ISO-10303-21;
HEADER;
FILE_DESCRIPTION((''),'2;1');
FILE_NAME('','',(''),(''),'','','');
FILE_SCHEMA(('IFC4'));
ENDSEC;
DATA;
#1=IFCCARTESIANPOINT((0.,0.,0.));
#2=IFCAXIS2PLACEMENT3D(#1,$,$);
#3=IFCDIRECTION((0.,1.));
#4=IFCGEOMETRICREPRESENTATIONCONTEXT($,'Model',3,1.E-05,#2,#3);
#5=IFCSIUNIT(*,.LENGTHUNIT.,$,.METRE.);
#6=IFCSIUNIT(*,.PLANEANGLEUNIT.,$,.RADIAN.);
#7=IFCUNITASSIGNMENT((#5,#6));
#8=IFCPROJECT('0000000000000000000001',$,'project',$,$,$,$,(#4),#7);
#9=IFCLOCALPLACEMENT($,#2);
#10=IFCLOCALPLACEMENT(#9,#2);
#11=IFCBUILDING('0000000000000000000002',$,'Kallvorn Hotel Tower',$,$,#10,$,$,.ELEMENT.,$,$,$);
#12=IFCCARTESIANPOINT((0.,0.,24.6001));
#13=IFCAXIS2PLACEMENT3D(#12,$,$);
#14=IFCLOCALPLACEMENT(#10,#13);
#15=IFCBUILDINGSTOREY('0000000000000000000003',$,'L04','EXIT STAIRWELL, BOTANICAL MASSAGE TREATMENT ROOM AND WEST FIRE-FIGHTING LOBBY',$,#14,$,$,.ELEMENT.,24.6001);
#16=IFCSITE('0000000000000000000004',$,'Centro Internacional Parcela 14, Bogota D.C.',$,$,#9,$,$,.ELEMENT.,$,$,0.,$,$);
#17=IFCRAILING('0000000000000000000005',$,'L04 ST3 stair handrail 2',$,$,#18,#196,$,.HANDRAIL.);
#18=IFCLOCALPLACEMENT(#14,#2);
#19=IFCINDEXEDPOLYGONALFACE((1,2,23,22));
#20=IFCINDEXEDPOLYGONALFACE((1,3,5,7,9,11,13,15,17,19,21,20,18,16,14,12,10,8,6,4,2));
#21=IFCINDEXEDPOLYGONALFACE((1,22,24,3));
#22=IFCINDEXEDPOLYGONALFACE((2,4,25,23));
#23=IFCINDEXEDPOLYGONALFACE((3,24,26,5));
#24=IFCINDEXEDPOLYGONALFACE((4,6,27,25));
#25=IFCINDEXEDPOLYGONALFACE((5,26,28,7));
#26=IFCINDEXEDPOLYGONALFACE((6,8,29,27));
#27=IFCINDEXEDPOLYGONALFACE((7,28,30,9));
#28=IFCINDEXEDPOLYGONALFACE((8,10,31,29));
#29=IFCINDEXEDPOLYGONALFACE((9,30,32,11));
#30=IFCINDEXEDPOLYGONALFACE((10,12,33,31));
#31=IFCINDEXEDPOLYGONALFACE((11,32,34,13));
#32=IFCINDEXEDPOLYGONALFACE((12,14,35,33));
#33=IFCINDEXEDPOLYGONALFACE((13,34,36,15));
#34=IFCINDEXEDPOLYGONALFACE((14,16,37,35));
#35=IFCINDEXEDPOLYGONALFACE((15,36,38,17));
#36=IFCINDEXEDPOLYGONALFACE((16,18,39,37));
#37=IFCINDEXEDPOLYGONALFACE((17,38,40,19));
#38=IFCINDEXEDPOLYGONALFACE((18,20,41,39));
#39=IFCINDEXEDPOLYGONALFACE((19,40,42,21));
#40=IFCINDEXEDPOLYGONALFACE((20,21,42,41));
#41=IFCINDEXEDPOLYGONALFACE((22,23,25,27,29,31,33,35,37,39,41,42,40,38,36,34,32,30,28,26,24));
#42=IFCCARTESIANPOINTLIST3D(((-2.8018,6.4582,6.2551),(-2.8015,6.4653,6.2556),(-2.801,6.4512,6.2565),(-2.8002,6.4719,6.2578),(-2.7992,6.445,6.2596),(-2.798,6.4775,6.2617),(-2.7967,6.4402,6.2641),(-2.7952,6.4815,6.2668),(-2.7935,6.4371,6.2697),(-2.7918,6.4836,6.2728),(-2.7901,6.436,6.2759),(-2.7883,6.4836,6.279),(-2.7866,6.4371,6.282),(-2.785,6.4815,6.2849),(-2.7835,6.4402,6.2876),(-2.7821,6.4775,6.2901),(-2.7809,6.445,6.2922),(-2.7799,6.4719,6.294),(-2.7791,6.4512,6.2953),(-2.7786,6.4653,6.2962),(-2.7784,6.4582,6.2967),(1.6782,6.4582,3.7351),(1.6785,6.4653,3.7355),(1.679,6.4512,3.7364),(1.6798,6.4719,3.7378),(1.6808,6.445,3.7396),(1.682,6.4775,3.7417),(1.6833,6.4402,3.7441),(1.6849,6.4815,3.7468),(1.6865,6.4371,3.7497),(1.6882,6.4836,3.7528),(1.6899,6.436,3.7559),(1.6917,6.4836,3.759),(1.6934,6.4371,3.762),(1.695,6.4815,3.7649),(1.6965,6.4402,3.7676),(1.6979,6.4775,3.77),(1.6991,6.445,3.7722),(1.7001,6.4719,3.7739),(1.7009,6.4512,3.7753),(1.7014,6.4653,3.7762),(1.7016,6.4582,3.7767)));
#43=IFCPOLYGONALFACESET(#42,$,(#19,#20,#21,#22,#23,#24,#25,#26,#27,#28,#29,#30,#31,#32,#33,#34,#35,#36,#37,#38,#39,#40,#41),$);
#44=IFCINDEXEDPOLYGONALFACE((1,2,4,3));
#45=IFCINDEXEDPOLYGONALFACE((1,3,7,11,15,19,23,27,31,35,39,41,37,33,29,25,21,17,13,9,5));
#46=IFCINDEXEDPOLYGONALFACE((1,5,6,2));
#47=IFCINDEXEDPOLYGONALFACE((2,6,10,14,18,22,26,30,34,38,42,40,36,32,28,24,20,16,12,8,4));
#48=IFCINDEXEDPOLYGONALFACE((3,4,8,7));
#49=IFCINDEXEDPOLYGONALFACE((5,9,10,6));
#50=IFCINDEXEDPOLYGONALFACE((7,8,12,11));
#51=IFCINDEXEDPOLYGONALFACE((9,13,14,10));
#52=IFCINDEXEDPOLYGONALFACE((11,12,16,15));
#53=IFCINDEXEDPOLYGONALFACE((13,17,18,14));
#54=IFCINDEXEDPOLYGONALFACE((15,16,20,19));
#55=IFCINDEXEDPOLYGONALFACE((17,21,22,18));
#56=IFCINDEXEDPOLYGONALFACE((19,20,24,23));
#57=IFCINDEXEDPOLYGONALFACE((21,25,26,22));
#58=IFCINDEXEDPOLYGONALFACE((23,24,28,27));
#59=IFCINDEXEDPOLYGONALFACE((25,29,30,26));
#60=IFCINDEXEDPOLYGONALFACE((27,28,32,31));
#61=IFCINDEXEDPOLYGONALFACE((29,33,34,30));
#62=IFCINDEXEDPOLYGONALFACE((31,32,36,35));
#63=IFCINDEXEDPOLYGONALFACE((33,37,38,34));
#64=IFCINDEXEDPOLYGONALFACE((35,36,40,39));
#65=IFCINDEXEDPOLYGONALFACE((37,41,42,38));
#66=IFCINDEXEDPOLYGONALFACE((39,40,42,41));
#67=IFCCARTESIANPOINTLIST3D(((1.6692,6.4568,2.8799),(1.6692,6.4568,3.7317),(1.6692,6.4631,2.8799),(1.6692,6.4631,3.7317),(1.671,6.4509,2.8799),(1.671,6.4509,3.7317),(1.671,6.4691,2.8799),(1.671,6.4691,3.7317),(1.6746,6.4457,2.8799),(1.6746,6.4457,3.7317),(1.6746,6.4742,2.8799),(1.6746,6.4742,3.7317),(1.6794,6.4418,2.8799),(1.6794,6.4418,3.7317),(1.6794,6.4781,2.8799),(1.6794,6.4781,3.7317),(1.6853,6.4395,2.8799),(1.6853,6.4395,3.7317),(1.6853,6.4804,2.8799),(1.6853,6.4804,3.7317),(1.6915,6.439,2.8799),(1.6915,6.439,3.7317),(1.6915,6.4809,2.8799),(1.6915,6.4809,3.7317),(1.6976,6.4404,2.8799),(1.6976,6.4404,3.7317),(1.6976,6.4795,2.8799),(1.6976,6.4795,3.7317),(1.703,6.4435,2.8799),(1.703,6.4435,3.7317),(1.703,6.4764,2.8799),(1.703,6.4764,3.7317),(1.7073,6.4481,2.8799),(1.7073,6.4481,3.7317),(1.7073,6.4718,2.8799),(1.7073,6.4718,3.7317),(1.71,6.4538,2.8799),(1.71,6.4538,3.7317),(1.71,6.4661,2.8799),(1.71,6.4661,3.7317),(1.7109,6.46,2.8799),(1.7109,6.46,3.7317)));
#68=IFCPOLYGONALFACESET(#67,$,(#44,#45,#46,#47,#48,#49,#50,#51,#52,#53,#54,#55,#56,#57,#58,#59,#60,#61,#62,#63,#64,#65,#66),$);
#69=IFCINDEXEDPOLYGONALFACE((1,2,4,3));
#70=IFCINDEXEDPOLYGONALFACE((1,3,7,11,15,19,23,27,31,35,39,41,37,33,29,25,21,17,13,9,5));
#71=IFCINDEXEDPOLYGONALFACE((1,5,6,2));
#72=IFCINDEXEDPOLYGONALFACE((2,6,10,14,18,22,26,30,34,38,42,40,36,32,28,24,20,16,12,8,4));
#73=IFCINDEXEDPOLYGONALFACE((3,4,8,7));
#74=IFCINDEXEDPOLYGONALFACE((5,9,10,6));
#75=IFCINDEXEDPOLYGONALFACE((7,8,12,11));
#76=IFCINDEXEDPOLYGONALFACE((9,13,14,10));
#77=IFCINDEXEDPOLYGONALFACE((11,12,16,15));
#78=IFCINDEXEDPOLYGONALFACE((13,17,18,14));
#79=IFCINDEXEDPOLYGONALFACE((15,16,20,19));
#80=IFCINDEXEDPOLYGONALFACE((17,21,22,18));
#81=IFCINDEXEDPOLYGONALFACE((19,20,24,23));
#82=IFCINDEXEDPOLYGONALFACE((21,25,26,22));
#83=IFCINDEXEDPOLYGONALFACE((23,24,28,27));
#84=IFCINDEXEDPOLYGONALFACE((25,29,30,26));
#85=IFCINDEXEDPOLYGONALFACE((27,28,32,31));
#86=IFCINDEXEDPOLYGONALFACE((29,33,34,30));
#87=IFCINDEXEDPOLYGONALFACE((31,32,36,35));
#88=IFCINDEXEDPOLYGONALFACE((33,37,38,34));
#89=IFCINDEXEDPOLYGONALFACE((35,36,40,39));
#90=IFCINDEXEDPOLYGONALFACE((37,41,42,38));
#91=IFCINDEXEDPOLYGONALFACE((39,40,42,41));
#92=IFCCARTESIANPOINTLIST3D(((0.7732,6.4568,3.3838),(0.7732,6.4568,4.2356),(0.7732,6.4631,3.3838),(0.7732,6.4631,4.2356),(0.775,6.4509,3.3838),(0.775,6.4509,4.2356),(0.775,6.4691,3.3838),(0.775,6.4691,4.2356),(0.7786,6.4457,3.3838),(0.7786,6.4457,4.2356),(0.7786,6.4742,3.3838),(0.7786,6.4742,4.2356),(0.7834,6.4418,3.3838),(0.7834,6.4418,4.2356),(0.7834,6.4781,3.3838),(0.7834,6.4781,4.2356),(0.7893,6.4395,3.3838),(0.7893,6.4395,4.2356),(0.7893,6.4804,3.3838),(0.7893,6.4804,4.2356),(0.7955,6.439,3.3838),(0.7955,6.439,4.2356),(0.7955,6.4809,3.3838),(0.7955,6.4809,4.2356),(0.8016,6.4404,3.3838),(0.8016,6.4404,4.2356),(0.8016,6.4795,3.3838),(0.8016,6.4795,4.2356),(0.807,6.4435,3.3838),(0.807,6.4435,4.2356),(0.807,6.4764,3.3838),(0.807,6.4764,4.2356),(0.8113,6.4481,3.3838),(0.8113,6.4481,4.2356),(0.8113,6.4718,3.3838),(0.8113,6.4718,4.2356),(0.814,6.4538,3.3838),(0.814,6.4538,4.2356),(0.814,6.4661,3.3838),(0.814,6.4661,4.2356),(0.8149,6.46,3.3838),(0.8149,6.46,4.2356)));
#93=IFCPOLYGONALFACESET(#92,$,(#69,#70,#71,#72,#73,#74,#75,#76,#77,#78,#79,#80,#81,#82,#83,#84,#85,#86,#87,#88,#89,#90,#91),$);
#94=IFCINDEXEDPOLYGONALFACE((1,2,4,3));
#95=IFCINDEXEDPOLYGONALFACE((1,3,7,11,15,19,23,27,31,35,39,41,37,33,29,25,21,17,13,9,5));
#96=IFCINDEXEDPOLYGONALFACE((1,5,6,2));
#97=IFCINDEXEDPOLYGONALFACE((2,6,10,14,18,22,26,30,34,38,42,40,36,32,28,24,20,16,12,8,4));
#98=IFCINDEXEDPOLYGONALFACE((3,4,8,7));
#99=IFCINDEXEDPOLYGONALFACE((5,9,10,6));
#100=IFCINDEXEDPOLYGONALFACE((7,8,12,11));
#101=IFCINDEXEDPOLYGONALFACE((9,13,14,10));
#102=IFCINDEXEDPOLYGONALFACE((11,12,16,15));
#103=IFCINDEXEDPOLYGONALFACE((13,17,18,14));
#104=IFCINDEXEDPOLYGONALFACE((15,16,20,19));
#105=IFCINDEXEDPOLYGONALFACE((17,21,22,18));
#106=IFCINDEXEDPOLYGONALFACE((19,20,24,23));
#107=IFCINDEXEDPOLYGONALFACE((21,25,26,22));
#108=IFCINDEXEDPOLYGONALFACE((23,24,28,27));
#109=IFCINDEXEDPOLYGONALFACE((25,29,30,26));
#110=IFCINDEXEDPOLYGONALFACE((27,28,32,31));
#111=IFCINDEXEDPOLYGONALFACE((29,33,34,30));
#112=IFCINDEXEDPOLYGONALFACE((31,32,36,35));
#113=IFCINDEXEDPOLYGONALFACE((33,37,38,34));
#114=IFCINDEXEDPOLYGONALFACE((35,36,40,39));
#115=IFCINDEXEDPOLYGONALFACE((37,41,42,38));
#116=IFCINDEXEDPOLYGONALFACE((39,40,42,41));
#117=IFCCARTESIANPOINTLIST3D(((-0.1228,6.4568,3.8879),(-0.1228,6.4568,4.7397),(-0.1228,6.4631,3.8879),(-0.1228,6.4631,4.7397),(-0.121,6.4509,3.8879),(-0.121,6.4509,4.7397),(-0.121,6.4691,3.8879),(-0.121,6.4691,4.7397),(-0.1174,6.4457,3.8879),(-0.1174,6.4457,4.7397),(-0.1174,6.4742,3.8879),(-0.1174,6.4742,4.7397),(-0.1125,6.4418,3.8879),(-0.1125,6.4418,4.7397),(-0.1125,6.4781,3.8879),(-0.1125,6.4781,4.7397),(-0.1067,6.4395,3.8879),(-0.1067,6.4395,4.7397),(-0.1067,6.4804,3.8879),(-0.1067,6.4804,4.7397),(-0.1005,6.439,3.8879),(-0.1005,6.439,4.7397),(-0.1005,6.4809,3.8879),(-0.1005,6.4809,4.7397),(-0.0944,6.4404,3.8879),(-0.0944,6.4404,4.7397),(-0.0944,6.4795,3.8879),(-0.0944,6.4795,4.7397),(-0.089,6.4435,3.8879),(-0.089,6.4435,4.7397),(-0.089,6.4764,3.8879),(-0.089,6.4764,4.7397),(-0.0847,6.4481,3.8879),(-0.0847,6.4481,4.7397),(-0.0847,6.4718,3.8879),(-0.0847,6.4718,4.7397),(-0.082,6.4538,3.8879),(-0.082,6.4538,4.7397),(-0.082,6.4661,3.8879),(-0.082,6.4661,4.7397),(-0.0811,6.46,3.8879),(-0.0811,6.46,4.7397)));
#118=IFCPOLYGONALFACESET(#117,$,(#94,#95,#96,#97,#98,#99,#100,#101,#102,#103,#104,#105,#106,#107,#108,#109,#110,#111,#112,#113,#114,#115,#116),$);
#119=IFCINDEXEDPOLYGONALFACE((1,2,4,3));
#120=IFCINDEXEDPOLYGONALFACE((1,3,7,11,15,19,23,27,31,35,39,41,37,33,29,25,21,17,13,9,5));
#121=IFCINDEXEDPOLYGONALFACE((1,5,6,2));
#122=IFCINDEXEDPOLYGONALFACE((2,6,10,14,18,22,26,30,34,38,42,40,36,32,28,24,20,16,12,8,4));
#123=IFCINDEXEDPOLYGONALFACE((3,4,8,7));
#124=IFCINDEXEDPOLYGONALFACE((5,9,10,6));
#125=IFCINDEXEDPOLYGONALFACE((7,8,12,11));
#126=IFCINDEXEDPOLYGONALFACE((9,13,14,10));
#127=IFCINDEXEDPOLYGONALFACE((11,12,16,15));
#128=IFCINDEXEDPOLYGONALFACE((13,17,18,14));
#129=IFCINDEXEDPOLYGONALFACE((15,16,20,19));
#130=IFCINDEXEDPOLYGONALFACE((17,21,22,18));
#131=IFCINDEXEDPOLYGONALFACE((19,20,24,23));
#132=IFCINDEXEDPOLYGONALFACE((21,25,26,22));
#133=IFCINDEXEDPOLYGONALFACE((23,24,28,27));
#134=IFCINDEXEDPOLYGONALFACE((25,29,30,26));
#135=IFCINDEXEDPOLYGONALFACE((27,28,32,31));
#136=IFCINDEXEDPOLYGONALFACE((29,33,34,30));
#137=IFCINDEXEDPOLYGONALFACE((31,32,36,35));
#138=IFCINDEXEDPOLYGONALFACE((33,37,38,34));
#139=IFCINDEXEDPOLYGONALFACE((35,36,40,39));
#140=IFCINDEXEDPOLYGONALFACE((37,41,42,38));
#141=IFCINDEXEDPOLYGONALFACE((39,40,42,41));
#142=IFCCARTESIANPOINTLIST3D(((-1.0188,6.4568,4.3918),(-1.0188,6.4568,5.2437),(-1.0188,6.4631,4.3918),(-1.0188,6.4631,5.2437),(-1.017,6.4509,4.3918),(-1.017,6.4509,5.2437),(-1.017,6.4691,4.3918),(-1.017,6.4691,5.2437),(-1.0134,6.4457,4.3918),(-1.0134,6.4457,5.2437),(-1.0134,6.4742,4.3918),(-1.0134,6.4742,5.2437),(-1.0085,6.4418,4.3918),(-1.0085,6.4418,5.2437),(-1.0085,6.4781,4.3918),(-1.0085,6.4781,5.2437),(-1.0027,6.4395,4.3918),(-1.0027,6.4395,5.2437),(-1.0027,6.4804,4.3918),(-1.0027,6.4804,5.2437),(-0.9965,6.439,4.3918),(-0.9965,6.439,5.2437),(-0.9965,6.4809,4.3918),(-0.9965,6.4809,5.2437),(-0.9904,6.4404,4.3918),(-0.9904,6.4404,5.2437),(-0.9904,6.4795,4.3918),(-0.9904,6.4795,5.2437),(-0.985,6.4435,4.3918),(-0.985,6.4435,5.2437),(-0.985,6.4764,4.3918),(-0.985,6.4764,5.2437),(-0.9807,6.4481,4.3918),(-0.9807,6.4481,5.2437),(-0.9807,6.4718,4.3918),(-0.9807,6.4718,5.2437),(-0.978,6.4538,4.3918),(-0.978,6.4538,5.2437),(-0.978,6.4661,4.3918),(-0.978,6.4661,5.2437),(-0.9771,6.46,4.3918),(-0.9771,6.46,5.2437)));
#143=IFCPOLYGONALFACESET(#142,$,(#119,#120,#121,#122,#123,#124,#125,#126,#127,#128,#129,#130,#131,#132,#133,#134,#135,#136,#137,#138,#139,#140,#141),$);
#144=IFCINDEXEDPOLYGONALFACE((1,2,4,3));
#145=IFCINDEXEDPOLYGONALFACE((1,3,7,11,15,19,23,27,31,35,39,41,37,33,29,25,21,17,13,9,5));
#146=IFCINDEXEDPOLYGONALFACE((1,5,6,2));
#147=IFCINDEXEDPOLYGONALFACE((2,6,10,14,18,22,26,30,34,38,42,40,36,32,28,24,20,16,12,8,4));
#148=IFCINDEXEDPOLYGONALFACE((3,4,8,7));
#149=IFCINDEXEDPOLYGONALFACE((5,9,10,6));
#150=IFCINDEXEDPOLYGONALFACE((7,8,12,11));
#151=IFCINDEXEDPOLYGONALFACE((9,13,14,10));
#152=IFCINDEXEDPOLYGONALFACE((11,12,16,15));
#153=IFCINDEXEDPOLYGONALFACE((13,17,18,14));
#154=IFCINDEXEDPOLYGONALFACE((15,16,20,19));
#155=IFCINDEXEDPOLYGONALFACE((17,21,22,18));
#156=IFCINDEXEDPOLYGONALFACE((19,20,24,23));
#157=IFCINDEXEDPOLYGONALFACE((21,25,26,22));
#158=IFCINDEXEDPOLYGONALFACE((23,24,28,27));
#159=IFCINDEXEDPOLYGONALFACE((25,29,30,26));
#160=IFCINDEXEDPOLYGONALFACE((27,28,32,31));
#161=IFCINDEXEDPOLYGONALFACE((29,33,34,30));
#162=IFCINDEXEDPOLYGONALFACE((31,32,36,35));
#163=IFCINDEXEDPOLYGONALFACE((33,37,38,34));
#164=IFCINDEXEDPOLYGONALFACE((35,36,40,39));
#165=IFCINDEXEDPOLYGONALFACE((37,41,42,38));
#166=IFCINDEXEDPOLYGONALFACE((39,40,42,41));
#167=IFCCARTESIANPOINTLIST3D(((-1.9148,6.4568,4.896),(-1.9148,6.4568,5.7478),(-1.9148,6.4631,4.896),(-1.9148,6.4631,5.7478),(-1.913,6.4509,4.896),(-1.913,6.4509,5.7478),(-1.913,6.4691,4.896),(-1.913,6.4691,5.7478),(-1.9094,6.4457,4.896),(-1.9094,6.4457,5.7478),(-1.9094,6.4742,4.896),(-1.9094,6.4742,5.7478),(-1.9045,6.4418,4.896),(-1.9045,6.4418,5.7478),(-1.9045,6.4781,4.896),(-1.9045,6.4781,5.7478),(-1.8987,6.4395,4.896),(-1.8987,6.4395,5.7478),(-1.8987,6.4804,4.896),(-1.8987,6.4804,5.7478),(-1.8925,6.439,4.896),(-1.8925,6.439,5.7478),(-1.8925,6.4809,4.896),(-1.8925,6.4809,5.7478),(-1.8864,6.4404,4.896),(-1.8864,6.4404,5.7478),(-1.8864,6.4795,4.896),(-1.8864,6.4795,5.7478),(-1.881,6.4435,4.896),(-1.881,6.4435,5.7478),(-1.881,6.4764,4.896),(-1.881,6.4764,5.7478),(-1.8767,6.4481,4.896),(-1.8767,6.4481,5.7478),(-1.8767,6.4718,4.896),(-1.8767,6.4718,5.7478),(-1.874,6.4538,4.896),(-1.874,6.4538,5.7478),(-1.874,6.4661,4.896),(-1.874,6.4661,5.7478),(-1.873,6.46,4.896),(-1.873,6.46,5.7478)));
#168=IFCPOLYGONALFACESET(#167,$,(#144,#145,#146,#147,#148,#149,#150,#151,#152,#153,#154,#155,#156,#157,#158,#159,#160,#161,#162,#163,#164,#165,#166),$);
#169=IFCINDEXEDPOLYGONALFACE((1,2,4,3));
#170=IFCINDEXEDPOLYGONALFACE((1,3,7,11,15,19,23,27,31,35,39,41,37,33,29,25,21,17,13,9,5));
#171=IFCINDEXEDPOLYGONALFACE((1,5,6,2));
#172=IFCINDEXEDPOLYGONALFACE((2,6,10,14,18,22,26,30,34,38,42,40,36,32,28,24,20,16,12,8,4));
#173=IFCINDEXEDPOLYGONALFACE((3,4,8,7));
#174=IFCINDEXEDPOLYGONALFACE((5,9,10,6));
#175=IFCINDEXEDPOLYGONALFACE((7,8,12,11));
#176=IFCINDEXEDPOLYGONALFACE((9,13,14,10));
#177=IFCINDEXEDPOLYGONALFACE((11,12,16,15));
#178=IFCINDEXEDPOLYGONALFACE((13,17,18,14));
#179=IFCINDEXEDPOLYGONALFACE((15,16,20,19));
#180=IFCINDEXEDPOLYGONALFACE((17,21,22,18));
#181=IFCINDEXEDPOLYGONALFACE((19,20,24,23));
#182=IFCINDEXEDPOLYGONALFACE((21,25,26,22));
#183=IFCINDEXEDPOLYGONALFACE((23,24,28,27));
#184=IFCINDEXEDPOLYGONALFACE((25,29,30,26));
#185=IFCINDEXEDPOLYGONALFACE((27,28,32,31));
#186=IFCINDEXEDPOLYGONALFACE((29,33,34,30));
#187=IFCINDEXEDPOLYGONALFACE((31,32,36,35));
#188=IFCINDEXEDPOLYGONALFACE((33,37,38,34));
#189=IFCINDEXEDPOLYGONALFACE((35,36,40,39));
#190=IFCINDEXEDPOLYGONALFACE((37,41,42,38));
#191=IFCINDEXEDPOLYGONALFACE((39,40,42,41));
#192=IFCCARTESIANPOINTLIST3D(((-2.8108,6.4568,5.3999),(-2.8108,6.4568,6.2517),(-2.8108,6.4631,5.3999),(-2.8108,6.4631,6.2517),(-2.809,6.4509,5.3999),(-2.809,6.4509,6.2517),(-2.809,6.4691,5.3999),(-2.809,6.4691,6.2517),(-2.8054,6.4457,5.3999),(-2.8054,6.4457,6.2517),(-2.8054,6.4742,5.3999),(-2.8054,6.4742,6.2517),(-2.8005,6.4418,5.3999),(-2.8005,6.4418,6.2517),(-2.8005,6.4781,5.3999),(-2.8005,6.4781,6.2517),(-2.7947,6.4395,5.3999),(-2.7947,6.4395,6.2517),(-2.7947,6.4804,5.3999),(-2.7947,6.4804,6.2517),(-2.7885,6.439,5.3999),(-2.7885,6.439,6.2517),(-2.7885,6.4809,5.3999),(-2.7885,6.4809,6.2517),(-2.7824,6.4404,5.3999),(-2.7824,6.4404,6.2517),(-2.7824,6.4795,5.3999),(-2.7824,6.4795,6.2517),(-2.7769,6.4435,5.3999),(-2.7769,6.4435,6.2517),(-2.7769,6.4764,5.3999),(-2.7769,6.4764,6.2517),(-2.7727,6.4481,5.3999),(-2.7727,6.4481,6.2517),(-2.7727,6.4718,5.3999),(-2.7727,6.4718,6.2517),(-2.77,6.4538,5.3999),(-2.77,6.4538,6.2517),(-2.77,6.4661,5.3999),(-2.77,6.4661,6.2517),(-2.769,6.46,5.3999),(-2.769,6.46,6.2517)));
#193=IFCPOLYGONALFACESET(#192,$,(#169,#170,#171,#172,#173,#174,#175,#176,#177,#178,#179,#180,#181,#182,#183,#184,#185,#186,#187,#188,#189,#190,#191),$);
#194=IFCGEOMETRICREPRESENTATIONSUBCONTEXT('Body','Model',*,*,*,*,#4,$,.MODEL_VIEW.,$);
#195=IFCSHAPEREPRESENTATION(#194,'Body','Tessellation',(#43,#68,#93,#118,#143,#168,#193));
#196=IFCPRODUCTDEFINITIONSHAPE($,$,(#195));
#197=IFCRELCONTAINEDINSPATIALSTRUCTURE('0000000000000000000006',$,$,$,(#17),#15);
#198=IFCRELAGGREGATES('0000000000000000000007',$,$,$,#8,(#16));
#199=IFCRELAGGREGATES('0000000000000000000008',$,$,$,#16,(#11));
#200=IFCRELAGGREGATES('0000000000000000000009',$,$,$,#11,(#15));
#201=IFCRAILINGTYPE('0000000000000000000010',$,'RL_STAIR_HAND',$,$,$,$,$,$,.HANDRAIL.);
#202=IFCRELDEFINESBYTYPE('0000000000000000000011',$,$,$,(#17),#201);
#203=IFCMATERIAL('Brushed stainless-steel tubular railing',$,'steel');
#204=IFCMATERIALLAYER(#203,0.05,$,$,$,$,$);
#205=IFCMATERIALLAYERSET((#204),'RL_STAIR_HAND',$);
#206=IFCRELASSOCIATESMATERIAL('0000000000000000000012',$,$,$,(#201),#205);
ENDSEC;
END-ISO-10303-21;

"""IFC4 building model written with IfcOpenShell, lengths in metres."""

from ifc_helpers import new_model, si_unit, direction, frame, origin, origin_2d, place, context, subcontext, project, spatial, circle, extrude, material, layer, layer_set, type_object, element, save


model = new_model("IFC4")

# Units and contexts
model_context = context("Model", 3, precision=1e-05, world=origin(), true_north=direction((0.0, 1.0)))
body_context = subcontext(model_context, "Body", "Model", "MODEL_VIEW")
ifc_project = project(units=[si_unit("LENGTHUNIT", "METRE"), si_unit("PLANEANGLEUNIT", "RADIAN")], contexts=[model_context])

# Site, building, storey
site_placement = place(None, origin())
site = spatial("IfcSite", under=ifc_project, at=site_placement, Name="Centro Internacional Parcela 14, Bogota D.C.", CompositionType="ELEMENT", RefElevation=0.0)
building_placement = place(site_placement, origin())
building = spatial("IfcBuilding", under=site, at=building_placement, Name="Kallvorn Hotel Tower", CompositionType="ELEMENT")
storey_placement = place(building_placement, frame((0.0, 0.0, 24.6001)))
storey = spatial("IfcBuildingStorey", under=building, at=storey_placement, Name="L04", Description="EXIT STAIRWELL, BOTANICAL MASSAGE TREATMENT ROOM AND WEST FIRE-FIGHTING LOBBY", CompositionType="ELEMENT", Elevation=24.6001)

# Railing
ifc_material_1 = material(Name="Brushed stainless-steel tubular railing", Category="steel")
ifc_layer_1 = layer(ifc_material_1, 0.05)
ifc_layer_set_1 = layer_set([ifc_layer_1], Name="RL_STAIR_HAND")
railing_type_1 = type_object("IfcRailingType", Name="RL_STAIR_HAND", PredefinedType="HANDRAIL", material=ifc_layer_set_1)
railing_1_placement = place(storey_placement, frame((1.6899, 6.46, 2.8799)))
element("IfcRailing", 1, at=railing_1_placement, inside=storey, type_object=railing_type_1, Name="L04 ST3 stair handrail 2", PredefinedType="HANDRAIL", context=body_context, shape_type="SweptSolid", body=[
    extrude(circle(Radius=0.0239, at=origin_2d()), frame((0.0, 0.0, 0.876), z_axis=(-0.871573, 0.0, 0.490266), x_axis=(0.0, -1.0, 0.0)), (0.0, 0.0, 1.0), 5.1401),
    extrude(circle(Radius=0.021, at=origin_2d()), origin(), (0.0, 0.0, 1.0), 0.8518),
    extrude(circle(Radius=0.021, at=origin_2d()), frame((-0.896, 0.0, 0.5039)), (0.0, 0.0, 1.0), 0.8518),
    extrude(circle(Radius=0.021, at=origin_2d()), frame((-1.792, 0.0, 1.0081)), (0.0, 0.0, 1.0), 0.8518),
    extrude(circle(Radius=0.021, at=origin_2d()), frame((-2.688, 0.0, 1.512)), (0.0, 0.0, 1.0), 0.8518),
    extrude(circle(Radius=0.021, at=origin_2d()), frame((-3.584, 0.0, 2.0161)), (0.0, 0.0, 1.0), 0.8518),
    extrude(circle(Radius=0.021, at=origin_2d()), frame((-4.48, 0.0, 2.52)), (0.0, 0.0, 1.0), 0.8518),
])

save(model, "model.ifc")
